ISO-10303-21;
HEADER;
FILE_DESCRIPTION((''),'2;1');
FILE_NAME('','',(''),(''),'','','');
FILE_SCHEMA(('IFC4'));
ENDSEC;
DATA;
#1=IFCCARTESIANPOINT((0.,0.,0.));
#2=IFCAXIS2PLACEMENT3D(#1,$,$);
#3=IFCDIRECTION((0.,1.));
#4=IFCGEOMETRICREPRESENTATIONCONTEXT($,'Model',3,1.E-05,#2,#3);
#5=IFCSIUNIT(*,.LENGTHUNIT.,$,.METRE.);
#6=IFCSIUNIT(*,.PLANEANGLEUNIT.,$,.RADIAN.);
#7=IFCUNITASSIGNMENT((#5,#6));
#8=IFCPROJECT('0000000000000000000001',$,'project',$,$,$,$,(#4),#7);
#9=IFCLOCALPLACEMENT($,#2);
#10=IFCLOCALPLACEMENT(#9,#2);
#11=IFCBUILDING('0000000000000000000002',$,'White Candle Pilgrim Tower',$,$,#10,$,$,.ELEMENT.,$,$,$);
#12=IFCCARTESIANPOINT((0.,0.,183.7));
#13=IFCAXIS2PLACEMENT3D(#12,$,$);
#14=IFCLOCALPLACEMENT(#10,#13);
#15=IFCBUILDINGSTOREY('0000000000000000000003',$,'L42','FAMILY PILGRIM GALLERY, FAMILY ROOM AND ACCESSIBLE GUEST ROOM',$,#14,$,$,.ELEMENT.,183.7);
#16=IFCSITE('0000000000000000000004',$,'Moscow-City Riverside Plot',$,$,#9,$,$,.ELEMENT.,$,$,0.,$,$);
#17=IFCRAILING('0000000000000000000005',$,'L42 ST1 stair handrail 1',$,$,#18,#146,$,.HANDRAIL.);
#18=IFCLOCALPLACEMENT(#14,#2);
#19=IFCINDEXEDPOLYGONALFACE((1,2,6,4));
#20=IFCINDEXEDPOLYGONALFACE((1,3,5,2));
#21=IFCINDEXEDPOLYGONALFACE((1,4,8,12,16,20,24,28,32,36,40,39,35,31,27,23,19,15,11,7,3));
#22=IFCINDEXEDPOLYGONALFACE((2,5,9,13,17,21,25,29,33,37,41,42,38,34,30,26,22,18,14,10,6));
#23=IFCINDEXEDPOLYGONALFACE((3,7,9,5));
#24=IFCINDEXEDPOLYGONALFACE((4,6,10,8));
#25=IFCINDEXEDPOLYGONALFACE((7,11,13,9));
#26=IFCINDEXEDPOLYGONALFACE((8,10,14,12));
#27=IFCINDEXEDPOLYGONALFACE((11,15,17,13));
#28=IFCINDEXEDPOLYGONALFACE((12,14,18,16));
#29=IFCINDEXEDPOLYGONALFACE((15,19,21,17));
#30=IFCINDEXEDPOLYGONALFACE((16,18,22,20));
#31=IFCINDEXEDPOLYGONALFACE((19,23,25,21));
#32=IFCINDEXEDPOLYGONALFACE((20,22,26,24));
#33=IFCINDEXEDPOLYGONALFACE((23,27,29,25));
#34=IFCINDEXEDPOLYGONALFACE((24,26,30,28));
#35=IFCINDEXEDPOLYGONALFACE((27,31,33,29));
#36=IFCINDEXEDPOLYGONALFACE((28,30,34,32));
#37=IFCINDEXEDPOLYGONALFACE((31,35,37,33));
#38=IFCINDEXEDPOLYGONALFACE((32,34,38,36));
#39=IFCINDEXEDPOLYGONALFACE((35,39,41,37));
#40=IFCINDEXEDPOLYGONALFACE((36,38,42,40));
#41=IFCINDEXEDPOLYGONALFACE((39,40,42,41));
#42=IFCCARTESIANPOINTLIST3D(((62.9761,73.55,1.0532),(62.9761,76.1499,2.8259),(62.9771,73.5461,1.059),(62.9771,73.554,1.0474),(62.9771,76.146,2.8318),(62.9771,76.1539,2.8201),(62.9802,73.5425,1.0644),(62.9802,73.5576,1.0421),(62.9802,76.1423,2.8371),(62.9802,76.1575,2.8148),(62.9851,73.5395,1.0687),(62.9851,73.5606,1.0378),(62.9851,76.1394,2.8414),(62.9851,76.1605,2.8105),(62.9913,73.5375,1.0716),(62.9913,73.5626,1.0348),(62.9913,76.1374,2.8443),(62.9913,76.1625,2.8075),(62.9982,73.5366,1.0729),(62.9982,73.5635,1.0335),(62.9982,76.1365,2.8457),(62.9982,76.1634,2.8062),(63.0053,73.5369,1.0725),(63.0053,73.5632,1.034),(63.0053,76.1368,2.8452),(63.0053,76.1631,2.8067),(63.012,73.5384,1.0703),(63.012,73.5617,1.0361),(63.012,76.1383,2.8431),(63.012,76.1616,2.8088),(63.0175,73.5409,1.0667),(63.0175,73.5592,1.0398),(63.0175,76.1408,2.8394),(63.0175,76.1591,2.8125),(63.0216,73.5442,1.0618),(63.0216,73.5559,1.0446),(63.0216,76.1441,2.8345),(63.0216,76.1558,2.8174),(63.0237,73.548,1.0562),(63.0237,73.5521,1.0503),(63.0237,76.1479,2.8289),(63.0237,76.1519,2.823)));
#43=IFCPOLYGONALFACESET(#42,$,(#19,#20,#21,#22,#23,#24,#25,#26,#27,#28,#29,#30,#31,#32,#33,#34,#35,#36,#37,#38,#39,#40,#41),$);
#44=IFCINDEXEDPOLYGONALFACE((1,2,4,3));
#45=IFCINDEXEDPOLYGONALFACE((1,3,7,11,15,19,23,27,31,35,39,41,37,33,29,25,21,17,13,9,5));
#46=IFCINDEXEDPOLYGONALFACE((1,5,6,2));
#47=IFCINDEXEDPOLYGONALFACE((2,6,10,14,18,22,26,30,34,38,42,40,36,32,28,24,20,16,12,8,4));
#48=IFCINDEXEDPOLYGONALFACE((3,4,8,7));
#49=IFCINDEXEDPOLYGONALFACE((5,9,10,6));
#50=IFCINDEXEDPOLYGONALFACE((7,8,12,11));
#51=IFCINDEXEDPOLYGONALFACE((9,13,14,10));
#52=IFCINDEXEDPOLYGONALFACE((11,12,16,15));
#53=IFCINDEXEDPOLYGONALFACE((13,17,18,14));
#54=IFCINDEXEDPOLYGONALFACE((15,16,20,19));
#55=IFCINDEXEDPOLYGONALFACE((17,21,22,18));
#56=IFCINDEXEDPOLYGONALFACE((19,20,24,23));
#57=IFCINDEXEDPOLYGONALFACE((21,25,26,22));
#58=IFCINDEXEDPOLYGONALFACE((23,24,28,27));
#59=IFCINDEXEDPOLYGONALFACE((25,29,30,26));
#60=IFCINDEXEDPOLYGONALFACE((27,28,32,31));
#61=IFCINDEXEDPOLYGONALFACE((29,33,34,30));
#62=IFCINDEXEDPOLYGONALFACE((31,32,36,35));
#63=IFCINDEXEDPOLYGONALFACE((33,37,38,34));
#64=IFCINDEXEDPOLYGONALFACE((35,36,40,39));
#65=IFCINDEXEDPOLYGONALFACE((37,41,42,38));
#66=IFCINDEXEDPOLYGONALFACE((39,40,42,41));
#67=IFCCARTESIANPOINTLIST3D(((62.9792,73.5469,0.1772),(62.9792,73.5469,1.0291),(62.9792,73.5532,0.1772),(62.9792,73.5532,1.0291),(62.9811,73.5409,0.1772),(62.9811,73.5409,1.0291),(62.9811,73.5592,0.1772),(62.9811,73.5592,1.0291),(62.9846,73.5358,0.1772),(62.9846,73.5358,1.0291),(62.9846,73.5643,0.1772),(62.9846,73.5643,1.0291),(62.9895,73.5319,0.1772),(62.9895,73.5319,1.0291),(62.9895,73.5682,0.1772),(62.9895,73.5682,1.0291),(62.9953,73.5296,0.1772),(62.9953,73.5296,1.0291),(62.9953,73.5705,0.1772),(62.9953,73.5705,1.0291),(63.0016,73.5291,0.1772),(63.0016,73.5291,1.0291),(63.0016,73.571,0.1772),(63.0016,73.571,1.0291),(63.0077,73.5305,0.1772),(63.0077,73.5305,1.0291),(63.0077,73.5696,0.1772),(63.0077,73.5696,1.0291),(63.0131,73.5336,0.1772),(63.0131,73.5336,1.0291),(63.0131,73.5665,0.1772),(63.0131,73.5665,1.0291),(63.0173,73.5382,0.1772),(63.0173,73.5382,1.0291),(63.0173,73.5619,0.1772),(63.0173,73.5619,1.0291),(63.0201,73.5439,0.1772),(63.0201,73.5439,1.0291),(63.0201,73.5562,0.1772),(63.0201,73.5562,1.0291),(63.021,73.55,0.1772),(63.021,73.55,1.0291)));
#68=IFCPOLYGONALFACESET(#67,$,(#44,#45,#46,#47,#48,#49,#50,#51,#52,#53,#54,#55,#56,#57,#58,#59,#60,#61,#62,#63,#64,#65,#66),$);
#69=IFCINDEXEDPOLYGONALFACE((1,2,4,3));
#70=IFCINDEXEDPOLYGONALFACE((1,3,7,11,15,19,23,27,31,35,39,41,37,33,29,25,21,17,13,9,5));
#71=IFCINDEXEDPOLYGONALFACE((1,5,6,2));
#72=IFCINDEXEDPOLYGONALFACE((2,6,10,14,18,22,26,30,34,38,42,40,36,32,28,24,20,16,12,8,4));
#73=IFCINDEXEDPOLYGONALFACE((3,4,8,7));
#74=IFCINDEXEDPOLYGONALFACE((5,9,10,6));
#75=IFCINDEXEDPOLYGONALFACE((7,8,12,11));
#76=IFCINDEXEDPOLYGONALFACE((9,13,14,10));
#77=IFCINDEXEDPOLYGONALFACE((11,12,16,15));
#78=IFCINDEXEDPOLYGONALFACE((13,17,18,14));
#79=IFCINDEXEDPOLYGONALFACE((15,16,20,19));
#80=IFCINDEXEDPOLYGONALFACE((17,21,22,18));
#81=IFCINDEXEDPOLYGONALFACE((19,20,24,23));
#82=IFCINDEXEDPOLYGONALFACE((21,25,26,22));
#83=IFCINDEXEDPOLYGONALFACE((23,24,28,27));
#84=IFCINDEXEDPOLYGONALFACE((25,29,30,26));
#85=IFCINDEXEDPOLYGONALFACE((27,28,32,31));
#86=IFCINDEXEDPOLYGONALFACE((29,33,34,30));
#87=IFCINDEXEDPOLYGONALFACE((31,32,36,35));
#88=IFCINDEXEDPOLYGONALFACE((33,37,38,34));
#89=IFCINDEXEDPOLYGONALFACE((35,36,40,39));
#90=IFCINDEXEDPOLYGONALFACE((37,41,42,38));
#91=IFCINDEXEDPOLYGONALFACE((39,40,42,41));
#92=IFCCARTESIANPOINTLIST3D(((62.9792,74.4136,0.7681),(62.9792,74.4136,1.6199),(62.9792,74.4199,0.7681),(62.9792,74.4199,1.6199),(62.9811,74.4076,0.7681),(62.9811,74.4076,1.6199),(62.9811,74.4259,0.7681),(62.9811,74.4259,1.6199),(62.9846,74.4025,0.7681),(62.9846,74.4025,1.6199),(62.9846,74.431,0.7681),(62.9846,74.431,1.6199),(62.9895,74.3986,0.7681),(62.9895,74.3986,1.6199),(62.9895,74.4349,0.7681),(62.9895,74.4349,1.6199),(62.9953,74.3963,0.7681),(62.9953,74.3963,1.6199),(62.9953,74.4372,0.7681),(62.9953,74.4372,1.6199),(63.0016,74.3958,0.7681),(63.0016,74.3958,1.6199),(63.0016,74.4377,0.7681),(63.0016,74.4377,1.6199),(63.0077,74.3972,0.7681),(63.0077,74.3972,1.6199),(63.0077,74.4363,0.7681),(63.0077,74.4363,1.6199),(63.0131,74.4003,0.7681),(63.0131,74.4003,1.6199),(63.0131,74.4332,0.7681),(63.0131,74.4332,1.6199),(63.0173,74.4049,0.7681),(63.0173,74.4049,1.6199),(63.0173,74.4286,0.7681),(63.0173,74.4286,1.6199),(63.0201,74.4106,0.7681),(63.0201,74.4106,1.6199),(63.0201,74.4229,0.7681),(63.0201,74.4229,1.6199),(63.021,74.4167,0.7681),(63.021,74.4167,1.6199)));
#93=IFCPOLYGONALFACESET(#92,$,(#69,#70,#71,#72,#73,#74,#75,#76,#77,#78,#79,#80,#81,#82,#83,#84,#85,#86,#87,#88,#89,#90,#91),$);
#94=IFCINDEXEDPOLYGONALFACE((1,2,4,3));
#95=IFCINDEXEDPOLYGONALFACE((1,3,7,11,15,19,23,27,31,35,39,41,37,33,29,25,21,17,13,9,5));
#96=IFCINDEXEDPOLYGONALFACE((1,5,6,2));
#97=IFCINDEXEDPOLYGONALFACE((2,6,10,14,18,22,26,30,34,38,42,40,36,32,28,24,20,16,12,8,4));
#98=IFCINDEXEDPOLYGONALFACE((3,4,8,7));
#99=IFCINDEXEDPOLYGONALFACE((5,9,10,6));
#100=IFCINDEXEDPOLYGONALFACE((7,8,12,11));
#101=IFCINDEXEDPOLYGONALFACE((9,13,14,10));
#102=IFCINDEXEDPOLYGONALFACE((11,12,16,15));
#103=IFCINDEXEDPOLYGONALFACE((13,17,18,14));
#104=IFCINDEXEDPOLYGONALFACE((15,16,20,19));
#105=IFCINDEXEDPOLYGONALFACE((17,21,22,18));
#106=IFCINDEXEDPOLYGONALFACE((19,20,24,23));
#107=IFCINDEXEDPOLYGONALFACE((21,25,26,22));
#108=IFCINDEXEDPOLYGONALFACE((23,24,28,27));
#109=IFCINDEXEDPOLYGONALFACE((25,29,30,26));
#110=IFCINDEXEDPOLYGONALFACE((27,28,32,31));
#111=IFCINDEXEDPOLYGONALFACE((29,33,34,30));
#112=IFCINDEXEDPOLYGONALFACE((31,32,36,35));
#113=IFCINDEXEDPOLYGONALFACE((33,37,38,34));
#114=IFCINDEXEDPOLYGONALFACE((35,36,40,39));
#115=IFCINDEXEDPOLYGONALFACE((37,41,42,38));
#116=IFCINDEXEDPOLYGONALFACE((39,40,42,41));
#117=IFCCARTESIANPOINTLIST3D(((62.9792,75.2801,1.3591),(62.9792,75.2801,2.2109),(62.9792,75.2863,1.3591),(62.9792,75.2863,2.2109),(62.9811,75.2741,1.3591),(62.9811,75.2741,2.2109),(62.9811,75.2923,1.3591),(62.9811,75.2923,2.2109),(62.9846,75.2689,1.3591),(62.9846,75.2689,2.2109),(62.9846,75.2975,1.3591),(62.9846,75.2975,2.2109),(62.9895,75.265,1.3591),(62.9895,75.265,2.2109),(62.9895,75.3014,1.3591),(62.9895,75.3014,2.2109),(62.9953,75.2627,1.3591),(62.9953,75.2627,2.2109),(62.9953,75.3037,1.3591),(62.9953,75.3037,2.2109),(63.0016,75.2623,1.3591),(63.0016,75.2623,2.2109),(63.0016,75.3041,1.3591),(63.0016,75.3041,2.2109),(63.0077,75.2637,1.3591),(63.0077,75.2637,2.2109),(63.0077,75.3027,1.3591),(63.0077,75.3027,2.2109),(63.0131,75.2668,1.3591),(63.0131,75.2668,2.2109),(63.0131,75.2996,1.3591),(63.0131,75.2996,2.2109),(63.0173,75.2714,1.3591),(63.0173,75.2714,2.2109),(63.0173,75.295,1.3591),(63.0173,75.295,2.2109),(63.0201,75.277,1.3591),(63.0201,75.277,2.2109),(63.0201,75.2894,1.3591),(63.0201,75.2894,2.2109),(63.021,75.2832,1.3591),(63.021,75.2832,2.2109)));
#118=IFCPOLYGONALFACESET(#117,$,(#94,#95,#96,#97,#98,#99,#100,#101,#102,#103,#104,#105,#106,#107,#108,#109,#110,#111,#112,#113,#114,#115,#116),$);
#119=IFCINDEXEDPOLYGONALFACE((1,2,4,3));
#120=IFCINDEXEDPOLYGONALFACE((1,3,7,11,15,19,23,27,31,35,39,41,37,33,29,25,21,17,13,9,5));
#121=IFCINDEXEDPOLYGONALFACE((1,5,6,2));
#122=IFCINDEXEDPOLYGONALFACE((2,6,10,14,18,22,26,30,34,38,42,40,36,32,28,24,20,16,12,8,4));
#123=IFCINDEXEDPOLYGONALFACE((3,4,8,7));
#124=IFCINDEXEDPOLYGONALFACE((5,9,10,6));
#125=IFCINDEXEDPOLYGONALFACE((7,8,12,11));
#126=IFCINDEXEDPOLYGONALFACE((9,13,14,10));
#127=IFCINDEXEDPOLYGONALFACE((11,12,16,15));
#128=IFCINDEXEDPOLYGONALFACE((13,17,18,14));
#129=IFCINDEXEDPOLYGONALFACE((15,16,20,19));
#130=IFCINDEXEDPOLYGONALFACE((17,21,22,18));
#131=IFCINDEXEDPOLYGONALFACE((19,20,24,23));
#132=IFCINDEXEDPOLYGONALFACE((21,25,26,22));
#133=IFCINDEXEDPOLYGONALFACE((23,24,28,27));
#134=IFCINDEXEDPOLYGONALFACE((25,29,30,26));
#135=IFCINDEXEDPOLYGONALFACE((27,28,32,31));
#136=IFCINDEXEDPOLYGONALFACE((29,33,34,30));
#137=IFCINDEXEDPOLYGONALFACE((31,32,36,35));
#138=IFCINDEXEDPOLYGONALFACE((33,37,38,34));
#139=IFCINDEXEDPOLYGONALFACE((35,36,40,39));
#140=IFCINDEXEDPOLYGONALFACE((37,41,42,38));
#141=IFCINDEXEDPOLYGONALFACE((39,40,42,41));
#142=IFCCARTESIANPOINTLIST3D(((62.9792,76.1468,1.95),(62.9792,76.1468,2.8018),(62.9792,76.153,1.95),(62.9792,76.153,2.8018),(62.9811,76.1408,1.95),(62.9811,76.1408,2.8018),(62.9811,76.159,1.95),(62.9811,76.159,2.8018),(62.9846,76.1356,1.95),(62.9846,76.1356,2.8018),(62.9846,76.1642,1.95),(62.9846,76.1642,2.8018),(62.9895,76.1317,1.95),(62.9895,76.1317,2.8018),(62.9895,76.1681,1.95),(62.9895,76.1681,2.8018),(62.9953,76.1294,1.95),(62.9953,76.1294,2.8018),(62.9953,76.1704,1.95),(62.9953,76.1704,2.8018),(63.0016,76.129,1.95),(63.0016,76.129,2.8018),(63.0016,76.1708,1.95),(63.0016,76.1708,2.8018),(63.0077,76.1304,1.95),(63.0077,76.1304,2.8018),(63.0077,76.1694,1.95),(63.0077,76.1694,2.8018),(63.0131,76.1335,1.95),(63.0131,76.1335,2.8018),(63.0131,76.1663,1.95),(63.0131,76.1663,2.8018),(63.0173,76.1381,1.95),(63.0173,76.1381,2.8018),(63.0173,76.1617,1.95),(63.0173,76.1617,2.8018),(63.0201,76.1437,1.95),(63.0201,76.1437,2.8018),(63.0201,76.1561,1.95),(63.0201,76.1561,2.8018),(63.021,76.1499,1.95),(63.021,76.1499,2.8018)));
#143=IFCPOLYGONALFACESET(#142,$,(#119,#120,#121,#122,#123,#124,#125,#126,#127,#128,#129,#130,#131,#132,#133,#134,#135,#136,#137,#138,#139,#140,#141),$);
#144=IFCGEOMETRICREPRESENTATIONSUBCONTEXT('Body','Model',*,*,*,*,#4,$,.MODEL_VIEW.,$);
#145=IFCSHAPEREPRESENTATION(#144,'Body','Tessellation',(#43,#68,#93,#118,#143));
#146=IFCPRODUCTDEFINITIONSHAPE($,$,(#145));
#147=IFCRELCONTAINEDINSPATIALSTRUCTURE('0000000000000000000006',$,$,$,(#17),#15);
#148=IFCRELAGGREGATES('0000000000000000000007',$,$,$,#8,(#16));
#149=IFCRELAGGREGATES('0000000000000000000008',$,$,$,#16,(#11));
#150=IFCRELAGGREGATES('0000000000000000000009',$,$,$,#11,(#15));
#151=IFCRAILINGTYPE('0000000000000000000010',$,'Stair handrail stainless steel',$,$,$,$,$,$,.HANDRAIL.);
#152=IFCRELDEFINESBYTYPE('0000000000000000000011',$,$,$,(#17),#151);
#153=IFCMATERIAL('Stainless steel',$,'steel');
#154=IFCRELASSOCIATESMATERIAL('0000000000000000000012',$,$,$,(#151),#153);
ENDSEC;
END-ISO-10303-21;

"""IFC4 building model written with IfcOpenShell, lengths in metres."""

from ifc_helpers import new_model, si_unit, direction, frame, origin, origin_2d, place, context, subcontext, project, spatial, circle, extrude, material, type_object, element, save


model = new_model("IFC4")

# Units and contexts
model_context = context("Model", 3, precision=1e-05, world=origin(), true_north=direction((0.0, 1.0)))
body_context = subcontext(model_context, "Body", "Model", "MODEL_VIEW")
ifc_project = project(units=[si_unit("LENGTHUNIT", "METRE"), si_unit("PLANEANGLEUNIT", "RADIAN")], contexts=[model_context])

# Site, building, storey
site_placement = place(None, origin())
site = spatial("IfcSite", under=ifc_project, at=site_placement, Name="Moscow-City Riverside Plot", CompositionType="ELEMENT", RefElevation=0.0)
building_placement = place(site_placement, origin())
building = spatial("IfcBuilding", under=site, at=building_placement, Name="White Candle Pilgrim Tower", CompositionType="ELEMENT")
storey_placement = place(building_placement, frame((0.0, 0.0, 183.7)))
storey = spatial("IfcBuildingStorey", under=building, at=storey_placement, Name="L42", Description="FAMILY PILGRIM GALLERY, FAMILY ROOM AND ACCESSIBLE GUEST ROOM", CompositionType="ELEMENT", Elevation=183.7)

# Railing
ifc_material_1 = material(Name="Stainless steel", Category="steel")
railing_type_1 = type_object("IfcRailingType", Name="Stair handrail stainless steel", PredefinedType="HANDRAIL", material=ifc_material_1)
railing_1_placement = place(storey_placement, frame((63.0, 73.55, 0.1772)))
element("IfcRailing", 1, at=railing_1_placement, inside=storey, type_object=railing_type_1, Name="L42 ST1 stair handrail 1", PredefinedType="HANDRAIL", context=body_context, shape_type="SweptSolid", body=[
    extrude(circle(Radius=0.0239, at=origin_2d()), frame((0.0, 0.0, 0.876), z_axis=(0.0, 0.826216, 0.563354), x_axis=(-1.0, 0.0, 0.0)), (0.0, 0.0, 1.0), 3.1467),
    extrude(circle(Radius=0.021, at=origin_2d()), origin(), (0.0, 0.0, 1.0), 0.8518),
    extrude(circle(Radius=0.021, at=origin_2d()), frame((0.0, 0.8667, 0.5908)), (0.0, 0.0, 1.0), 0.8518),
    extrude(circle(Radius=0.021, at=origin_2d()), frame((0.0, 1.7332, 1.1819)), (0.0, 0.0, 1.0), 0.8518),
    extrude(circle(Radius=0.021, at=origin_2d()), frame((0.0, 2.5999, 1.7727)), (0.0, 0.0, 1.0), 0.8518),
])

save(model, "model.ifc")
